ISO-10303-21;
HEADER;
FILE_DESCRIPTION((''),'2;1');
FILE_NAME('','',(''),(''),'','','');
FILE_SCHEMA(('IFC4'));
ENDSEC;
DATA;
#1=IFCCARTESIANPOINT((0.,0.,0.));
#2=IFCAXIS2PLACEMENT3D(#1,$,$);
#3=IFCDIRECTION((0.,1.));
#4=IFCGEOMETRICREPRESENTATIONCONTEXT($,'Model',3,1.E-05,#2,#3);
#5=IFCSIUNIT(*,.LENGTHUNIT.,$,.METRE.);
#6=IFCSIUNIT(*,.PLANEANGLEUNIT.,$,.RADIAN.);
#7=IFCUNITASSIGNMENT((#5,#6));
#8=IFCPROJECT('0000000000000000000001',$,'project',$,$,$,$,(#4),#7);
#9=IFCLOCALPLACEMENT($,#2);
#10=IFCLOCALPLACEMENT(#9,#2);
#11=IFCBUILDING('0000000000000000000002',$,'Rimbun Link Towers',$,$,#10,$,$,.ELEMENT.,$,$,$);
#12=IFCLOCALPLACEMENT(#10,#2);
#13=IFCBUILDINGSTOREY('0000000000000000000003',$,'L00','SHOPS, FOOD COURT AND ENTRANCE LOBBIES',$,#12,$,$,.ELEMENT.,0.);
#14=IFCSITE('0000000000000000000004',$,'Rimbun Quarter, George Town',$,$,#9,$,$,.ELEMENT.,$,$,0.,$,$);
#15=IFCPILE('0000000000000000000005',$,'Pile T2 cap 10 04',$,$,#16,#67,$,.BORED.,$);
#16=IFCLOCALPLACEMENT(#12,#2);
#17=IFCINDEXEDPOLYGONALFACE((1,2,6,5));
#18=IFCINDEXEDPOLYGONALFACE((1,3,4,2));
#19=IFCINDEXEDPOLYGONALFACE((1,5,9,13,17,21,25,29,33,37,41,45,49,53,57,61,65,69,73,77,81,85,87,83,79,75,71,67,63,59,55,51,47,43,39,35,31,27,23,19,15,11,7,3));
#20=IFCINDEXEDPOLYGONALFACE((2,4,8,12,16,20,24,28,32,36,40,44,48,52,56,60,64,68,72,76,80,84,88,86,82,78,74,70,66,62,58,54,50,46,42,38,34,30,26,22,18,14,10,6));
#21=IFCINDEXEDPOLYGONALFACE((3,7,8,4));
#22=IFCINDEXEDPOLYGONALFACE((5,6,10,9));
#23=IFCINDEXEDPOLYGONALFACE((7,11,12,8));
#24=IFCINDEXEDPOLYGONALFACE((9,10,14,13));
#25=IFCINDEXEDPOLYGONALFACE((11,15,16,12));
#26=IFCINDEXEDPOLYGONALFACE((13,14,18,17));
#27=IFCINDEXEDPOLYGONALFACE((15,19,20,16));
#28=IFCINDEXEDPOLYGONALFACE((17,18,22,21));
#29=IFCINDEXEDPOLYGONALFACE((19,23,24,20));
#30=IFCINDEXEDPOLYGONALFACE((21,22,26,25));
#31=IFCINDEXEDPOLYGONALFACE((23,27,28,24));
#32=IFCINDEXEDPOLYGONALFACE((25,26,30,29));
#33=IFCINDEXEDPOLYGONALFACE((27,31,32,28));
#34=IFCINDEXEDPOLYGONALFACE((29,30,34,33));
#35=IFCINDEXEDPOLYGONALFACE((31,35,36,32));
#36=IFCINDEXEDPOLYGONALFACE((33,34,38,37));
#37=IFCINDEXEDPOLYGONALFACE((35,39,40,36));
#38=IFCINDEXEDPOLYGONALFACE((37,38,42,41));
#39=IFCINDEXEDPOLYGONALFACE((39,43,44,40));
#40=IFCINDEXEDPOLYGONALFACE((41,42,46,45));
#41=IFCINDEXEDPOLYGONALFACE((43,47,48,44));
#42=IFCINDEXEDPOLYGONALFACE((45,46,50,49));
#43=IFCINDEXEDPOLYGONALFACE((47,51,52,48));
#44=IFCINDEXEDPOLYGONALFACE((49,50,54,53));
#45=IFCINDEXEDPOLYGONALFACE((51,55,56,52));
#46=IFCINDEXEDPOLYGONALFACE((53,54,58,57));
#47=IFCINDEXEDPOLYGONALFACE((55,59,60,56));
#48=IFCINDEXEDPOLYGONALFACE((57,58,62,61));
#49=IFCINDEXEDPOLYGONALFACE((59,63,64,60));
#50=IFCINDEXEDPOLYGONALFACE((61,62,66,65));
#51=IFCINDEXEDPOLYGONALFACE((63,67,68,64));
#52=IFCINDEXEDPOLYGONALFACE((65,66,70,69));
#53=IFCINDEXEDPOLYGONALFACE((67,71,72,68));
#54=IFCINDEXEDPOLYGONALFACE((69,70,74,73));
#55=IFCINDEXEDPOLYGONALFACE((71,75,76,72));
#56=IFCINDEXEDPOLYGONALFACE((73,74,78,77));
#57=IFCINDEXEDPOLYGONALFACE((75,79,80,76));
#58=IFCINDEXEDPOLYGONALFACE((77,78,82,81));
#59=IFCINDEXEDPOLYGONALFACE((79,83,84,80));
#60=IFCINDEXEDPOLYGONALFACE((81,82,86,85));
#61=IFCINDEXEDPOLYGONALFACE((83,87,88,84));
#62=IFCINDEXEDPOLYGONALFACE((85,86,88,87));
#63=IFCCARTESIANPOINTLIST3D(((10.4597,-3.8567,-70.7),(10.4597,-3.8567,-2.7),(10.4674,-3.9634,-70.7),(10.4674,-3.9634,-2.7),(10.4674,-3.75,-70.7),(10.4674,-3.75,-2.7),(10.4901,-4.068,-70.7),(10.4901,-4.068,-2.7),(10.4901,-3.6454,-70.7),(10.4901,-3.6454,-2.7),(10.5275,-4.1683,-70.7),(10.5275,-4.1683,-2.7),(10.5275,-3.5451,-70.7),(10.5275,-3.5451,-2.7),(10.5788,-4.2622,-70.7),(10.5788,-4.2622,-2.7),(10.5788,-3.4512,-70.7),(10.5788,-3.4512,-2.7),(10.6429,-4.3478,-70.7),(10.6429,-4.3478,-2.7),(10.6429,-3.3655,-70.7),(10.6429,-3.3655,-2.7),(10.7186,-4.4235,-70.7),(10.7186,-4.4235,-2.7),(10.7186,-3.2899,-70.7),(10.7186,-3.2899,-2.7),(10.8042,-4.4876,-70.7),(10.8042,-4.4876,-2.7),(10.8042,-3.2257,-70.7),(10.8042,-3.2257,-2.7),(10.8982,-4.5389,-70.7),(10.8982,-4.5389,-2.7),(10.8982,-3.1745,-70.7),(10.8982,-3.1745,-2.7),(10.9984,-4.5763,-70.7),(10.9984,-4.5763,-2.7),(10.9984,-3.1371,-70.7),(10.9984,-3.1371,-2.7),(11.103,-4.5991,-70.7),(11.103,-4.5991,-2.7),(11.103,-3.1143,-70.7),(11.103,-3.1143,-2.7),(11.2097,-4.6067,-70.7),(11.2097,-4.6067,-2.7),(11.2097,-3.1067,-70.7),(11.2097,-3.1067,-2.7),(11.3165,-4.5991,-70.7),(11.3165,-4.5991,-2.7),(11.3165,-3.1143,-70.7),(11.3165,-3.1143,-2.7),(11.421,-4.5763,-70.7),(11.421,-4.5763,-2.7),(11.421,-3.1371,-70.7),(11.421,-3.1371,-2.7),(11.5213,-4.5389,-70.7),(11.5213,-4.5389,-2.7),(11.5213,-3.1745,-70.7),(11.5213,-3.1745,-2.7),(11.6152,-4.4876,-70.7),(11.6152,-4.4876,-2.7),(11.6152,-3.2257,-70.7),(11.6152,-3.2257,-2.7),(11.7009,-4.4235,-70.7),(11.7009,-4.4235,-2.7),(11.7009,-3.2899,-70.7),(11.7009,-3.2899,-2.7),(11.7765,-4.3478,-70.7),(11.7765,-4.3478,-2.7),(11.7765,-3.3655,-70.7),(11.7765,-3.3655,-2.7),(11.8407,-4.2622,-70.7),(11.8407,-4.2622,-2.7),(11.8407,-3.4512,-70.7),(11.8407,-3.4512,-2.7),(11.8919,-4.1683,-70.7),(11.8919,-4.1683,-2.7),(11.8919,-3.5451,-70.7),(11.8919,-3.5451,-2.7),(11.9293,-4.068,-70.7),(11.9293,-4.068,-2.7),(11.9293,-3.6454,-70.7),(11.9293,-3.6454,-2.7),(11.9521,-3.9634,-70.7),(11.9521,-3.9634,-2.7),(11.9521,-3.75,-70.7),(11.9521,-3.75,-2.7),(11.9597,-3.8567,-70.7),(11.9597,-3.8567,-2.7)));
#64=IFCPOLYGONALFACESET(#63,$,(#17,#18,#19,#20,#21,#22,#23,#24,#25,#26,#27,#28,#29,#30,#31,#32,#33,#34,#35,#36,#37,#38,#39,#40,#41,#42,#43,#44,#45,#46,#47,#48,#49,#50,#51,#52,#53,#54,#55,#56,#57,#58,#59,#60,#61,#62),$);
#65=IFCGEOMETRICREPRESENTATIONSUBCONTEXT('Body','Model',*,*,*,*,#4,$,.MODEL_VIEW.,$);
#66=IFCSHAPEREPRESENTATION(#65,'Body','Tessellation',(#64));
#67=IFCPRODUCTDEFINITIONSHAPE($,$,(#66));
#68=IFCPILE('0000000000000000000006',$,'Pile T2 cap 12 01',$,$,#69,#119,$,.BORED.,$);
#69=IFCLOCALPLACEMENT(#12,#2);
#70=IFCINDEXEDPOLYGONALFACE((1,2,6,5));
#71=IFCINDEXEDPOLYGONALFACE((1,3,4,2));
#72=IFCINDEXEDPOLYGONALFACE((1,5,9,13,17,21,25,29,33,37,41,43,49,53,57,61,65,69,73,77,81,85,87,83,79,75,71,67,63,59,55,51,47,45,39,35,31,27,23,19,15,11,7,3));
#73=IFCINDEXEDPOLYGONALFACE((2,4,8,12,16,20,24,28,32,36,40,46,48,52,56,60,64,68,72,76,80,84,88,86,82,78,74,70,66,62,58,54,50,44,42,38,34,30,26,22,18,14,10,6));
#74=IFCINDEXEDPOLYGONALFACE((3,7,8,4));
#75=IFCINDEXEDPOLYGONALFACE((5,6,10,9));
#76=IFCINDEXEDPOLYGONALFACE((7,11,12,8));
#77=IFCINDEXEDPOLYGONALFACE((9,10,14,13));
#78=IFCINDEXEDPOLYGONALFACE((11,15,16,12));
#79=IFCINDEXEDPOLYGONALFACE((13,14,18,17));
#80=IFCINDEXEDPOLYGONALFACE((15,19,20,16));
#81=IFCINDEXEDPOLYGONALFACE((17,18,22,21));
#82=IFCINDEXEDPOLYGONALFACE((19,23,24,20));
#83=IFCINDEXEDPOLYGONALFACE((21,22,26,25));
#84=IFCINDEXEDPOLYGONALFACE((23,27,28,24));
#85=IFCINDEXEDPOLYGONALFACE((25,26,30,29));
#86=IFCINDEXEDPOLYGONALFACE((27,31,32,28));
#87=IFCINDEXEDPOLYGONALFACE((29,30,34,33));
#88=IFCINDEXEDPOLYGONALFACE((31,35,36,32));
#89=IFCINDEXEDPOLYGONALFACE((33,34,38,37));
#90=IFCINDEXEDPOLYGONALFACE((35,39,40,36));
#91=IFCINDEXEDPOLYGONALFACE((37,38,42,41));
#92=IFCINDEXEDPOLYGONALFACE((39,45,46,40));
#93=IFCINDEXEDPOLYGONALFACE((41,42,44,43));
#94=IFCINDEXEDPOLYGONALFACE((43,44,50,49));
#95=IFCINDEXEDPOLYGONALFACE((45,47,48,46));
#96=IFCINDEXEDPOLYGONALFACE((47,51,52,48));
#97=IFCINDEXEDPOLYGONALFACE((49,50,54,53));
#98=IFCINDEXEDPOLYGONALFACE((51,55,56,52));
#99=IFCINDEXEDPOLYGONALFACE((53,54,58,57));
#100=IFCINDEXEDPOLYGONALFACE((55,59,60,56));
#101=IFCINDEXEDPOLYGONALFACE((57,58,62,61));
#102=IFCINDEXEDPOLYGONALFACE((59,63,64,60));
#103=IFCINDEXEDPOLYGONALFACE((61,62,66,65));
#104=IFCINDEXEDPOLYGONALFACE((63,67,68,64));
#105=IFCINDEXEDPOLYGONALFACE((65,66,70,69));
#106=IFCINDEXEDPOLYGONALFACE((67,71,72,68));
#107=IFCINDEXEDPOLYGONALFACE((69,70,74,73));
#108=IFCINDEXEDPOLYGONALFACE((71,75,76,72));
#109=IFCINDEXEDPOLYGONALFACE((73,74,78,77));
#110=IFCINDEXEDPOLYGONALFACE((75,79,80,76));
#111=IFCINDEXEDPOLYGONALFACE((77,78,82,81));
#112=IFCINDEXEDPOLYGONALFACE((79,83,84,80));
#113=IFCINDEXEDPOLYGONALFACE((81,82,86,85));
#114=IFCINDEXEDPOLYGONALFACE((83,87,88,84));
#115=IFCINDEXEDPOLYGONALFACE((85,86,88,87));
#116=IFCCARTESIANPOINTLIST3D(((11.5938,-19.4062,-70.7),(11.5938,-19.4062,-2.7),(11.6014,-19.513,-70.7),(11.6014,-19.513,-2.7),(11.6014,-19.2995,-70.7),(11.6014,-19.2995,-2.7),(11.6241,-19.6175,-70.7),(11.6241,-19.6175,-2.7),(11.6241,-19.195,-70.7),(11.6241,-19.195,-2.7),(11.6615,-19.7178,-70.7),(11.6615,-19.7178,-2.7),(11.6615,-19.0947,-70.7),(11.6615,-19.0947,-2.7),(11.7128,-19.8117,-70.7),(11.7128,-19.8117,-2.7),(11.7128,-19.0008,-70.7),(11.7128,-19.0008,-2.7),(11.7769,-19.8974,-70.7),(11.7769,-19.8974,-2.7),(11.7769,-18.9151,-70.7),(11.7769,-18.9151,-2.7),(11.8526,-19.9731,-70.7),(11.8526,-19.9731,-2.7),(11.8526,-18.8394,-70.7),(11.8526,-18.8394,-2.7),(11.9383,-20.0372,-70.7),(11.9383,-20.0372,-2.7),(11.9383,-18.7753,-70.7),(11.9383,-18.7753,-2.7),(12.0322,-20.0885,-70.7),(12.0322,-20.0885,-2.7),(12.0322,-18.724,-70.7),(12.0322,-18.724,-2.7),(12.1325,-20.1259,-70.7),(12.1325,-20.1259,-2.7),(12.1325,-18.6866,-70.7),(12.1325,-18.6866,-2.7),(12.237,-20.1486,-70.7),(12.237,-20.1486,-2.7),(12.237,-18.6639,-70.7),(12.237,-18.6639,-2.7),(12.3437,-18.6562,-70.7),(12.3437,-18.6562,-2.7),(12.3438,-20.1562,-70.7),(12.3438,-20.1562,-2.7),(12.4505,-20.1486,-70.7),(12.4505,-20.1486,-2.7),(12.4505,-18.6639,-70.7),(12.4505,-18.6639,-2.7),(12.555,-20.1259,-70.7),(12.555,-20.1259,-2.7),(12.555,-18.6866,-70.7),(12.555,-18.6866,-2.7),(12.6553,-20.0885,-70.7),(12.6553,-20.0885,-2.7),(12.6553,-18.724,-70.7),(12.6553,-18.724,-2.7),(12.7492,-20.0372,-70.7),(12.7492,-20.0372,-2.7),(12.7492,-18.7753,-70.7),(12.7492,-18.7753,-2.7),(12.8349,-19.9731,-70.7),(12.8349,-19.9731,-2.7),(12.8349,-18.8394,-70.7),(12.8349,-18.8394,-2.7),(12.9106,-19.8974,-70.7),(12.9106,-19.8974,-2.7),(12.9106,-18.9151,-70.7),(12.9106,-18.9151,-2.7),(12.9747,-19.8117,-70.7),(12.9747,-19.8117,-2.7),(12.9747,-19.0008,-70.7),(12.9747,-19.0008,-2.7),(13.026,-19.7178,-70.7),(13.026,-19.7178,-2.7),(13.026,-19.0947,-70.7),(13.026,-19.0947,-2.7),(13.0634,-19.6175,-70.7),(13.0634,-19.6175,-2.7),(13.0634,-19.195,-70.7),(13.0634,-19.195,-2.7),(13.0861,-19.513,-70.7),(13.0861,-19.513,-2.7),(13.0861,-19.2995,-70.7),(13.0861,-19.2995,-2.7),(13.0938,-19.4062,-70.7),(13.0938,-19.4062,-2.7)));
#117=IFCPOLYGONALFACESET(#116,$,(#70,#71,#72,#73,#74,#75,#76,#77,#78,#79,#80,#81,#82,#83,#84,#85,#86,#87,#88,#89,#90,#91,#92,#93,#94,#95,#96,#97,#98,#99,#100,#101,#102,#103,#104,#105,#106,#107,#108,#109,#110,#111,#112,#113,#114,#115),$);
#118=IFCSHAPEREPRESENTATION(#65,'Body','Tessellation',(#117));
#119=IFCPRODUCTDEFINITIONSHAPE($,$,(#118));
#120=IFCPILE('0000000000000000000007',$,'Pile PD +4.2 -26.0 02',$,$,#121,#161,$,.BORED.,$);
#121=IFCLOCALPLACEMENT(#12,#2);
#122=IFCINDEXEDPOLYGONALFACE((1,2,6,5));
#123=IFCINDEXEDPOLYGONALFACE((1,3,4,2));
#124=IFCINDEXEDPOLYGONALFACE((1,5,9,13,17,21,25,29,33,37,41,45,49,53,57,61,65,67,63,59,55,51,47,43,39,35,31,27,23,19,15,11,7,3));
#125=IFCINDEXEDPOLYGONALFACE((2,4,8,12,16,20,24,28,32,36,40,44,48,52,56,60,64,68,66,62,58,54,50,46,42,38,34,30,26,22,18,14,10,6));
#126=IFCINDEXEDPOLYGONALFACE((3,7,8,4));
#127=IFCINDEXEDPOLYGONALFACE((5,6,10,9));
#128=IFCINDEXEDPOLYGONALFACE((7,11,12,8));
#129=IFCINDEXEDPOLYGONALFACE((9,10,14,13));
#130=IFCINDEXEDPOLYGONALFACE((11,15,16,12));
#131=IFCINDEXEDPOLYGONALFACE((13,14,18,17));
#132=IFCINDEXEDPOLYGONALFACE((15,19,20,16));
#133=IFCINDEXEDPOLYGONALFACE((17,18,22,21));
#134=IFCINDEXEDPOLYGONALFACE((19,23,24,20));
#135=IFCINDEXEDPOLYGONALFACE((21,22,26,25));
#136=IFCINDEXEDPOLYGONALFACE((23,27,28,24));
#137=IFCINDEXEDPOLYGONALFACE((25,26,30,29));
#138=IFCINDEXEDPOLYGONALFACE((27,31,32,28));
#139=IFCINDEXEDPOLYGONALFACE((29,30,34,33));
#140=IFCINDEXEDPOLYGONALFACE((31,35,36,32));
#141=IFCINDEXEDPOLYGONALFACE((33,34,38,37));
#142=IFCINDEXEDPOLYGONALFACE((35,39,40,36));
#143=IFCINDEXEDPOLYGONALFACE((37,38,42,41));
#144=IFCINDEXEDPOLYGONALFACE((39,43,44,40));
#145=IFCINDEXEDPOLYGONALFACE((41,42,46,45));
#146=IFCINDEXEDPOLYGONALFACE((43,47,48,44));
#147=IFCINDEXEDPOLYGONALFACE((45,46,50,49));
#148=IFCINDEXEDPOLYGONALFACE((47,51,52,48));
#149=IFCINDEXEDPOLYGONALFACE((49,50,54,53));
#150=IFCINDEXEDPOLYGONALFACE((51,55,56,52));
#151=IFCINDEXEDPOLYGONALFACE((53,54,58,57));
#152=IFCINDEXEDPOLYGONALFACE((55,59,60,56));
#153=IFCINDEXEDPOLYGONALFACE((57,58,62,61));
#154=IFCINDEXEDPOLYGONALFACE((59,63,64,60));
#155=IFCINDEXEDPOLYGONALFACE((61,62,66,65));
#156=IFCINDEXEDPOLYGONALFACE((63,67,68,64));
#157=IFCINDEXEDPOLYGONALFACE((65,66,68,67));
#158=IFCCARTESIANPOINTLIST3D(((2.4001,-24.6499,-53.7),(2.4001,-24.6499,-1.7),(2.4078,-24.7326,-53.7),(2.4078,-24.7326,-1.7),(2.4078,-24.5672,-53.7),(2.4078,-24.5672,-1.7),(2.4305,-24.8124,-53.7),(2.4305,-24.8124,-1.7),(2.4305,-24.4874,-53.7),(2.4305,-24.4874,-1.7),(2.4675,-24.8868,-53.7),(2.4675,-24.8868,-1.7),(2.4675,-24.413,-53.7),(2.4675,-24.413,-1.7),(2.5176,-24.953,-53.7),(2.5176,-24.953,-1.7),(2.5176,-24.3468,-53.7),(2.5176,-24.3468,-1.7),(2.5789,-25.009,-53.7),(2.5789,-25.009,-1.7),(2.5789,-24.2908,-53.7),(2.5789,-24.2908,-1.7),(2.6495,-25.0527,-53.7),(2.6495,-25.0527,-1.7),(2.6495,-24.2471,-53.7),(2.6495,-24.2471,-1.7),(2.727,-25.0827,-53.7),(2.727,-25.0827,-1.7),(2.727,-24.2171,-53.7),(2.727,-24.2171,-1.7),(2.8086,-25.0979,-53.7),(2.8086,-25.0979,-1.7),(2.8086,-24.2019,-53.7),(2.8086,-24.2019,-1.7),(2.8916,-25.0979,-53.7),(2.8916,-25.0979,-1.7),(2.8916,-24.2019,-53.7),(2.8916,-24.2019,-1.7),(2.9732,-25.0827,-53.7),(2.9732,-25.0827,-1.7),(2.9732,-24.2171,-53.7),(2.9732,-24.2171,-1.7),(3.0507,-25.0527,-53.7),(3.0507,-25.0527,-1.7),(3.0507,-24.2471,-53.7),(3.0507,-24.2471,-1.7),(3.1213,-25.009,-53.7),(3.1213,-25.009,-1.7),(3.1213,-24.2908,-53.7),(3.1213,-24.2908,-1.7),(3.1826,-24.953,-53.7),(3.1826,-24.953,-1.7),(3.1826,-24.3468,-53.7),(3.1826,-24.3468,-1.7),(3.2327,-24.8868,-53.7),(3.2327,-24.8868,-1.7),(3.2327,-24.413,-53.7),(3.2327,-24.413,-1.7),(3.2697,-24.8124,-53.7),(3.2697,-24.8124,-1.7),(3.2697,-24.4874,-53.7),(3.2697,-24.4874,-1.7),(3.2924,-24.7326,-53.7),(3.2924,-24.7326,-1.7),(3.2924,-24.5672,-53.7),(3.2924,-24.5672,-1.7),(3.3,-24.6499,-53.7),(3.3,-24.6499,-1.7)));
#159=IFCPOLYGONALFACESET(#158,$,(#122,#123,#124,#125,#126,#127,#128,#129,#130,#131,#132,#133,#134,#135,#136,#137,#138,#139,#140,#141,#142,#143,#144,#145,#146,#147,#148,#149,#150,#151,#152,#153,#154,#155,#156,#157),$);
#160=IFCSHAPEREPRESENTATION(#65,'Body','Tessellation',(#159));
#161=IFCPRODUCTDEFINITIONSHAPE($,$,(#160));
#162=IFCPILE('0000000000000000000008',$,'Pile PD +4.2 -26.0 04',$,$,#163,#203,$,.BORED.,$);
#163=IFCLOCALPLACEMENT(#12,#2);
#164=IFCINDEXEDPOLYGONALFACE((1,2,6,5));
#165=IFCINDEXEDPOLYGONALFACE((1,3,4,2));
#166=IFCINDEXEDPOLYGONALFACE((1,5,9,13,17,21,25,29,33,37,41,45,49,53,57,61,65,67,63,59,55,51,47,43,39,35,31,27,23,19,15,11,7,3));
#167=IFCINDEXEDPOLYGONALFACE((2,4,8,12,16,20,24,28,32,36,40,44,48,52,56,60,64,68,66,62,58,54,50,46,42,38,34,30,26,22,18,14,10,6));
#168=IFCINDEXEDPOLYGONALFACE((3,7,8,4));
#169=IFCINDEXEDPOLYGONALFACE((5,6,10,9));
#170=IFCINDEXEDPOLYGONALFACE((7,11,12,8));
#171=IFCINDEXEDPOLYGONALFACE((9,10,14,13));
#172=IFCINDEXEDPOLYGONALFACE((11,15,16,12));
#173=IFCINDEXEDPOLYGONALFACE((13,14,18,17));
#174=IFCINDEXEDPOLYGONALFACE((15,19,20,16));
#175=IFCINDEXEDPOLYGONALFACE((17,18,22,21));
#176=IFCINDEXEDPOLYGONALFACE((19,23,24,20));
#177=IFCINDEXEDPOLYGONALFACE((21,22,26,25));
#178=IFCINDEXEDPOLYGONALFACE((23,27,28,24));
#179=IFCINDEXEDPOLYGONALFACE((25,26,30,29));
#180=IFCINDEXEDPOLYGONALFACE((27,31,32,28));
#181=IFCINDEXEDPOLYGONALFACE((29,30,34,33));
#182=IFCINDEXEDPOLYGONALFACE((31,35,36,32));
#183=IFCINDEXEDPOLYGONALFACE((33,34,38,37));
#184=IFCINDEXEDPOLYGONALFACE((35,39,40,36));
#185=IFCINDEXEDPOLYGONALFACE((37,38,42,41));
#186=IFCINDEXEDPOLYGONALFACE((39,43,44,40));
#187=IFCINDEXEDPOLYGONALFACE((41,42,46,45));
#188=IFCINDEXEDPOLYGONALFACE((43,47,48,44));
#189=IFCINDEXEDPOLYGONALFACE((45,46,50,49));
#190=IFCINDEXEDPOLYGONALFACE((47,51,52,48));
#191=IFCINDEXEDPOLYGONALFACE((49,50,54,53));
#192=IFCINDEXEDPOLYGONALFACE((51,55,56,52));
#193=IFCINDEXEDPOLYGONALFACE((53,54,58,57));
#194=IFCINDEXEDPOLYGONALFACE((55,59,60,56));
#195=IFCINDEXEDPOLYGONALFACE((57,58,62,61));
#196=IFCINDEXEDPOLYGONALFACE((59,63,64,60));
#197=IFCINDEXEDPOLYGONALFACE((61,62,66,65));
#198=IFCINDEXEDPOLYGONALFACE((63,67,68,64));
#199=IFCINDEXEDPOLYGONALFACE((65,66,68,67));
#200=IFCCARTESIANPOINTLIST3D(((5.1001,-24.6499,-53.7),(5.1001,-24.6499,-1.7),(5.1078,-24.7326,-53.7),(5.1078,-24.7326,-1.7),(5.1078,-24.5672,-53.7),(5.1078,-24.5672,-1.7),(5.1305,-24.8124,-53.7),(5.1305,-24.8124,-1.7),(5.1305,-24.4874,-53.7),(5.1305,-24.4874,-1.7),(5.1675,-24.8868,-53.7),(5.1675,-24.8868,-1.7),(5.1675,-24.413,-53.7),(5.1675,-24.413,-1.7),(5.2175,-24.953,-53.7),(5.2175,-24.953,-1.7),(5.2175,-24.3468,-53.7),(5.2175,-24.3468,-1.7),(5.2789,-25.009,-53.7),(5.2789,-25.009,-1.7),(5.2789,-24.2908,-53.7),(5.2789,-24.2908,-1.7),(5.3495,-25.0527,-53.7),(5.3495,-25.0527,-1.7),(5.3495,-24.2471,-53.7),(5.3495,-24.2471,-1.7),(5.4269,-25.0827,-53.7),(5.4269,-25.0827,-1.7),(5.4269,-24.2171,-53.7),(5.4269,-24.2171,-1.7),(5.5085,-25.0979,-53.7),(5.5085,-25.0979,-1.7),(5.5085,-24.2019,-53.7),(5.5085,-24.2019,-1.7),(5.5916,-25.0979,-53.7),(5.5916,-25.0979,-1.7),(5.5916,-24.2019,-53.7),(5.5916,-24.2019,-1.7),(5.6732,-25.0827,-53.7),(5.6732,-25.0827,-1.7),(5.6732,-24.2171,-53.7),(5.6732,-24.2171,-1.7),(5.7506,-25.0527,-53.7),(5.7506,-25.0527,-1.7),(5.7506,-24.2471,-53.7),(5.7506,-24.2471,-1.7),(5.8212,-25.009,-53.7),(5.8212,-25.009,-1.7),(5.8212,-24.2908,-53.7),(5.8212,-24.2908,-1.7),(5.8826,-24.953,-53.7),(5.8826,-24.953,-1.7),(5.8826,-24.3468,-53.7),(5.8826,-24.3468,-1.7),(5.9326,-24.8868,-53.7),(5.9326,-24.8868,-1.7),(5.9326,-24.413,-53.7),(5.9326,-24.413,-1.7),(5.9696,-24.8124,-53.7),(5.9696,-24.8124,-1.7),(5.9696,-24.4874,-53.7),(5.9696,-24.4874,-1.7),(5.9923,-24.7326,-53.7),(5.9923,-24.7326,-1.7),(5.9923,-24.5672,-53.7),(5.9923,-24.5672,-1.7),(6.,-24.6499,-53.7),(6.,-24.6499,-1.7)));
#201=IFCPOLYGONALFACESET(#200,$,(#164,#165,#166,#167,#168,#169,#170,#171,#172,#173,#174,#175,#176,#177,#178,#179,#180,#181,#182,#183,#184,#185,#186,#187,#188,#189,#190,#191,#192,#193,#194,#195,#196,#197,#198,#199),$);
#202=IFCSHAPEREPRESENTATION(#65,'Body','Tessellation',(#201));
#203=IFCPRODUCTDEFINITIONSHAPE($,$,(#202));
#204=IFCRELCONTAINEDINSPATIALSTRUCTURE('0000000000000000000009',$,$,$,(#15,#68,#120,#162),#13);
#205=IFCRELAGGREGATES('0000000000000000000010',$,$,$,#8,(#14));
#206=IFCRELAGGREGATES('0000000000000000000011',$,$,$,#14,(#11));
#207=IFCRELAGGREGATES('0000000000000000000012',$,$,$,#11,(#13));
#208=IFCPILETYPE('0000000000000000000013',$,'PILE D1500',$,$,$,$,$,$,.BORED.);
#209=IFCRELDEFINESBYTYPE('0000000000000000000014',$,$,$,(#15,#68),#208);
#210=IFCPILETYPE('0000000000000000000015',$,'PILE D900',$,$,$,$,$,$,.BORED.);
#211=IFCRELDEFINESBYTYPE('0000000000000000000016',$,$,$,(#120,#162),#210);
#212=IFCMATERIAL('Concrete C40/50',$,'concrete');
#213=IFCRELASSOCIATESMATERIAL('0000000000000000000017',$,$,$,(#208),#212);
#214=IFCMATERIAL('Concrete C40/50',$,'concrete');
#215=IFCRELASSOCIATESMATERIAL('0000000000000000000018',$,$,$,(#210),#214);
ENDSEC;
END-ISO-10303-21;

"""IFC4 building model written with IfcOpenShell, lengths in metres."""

from ifc_helpers import new_model, si_unit, direction, frame, origin, origin_2d, place, context, subcontext, project, spatial, circle, extrude, material, material_profile, profile_set, type_object, element, save


model = new_model("IFC4")

# Units and contexts
model_context = context("Model", 3, precision=1e-05, world=origin(), true_north=direction((0.0, 1.0)))
body_context = subcontext(model_context, "Body", "Model", "MODEL_VIEW")
ifc_project = project(units=[si_unit("LENGTHUNIT", "METRE"), si_unit("PLANEANGLEUNIT", "RADIAN")], contexts=[model_context])

# Site, building, storey
site_placement = place(None, origin())
site = spatial("IfcSite", under=ifc_project, at=site_placement, Name="Rimbun Quarter, George Town", CompositionType="ELEMENT", RefElevation=0.0)
building_placement = place(site_placement, origin())
building = spatial("IfcBuilding", under=site, at=building_placement, Name="Rimbun Link Towers", CompositionType="ELEMENT")
storey_placement = place(building_placement, origin())
storey = spatial("IfcBuildingStorey", under=building, at=storey_placement, Name="L00", Description="SHOPS, FOOD COURT AND ENTRANCE LOBBIES", CompositionType="ELEMENT", Elevation=0.0)

# Piles
ifc_material_1 = material(Name="Concrete C40/50", Category="concrete")
ifc_material_profile_1 = material_profile(ifc_material_1, circle(Radius=0.75, at=origin_2d()), Name="PILE D1500")
ifc_profile_set_1 = profile_set([ifc_material_profile_1], Name="Concrete C40/50")
pile_type_1 = type_object("IfcPileType", Name="PILE D1500", PredefinedType="BORED", material=ifc_profile_set_1)
for number, where, z_axis, x_axis, name in (
    (1, (11.2097, -3.8567, -2.7), (0.0, 0.0, -1.0), (1.0, 0.0, 0.0), "Pile T2 cap 10 04"),
    (2, (12.3438, -19.4062, -2.7), (0.0, 0.0, -1.0), (1.0, 0.0, 0.0), "Pile T2 cap 12 01"),
):
    element("IfcPile", number, at=place(storey_placement, frame(where, z_axis=z_axis, x_axis=x_axis)), inside=storey, type_object=pile_type_1, Name=name, PredefinedType="BORED", context=body_context, shape_type="SweptSolid", body=[
        extrude(circle(Radius=0.75, at=origin_2d()), origin(), (0.0, 0.0, 1.0), 68.0),
    ])
ifc_material_2 = material(Name="Concrete C40/50", Category="concrete")
ifc_material_profile_2 = material_profile(ifc_material_2, circle(Radius=0.45, at=origin_2d()), Name="PILE D900")
ifc_profile_set_2 = profile_set([ifc_material_profile_2], Name="Concrete C40/50")
pile_type_2 = type_object("IfcPileType", Name="PILE D900", PredefinedType="BORED", material=ifc_profile_set_2)
for number, where, z_axis, x_axis, name in (
    (3, (2.8501, -24.6499, -1.7), (0.0, 0.0, -1.0), (1.0, 0.0, 0.0), "Pile PD +4.2 -26.0 02"),
    (4, (5.55, -24.6499, -1.7), (0.0, 0.0, -1.0), (1.0, 0.0, 0.0), "Pile PD +4.2 -26.0 04"),
):
    element("IfcPile", number, at=place(storey_placement, frame(where, z_axis=z_axis, x_axis=x_axis)), inside=storey, type_object=pile_type_2, Name=name, PredefinedType="BORED", context=body_context, shape_type="SweptSolid", body=[
        extrude(circle(Radius=0.45, at=origin_2d()), origin(), (0.0, 0.0, 1.0), 52.0),
    ])

save(model, "model.ifc")
